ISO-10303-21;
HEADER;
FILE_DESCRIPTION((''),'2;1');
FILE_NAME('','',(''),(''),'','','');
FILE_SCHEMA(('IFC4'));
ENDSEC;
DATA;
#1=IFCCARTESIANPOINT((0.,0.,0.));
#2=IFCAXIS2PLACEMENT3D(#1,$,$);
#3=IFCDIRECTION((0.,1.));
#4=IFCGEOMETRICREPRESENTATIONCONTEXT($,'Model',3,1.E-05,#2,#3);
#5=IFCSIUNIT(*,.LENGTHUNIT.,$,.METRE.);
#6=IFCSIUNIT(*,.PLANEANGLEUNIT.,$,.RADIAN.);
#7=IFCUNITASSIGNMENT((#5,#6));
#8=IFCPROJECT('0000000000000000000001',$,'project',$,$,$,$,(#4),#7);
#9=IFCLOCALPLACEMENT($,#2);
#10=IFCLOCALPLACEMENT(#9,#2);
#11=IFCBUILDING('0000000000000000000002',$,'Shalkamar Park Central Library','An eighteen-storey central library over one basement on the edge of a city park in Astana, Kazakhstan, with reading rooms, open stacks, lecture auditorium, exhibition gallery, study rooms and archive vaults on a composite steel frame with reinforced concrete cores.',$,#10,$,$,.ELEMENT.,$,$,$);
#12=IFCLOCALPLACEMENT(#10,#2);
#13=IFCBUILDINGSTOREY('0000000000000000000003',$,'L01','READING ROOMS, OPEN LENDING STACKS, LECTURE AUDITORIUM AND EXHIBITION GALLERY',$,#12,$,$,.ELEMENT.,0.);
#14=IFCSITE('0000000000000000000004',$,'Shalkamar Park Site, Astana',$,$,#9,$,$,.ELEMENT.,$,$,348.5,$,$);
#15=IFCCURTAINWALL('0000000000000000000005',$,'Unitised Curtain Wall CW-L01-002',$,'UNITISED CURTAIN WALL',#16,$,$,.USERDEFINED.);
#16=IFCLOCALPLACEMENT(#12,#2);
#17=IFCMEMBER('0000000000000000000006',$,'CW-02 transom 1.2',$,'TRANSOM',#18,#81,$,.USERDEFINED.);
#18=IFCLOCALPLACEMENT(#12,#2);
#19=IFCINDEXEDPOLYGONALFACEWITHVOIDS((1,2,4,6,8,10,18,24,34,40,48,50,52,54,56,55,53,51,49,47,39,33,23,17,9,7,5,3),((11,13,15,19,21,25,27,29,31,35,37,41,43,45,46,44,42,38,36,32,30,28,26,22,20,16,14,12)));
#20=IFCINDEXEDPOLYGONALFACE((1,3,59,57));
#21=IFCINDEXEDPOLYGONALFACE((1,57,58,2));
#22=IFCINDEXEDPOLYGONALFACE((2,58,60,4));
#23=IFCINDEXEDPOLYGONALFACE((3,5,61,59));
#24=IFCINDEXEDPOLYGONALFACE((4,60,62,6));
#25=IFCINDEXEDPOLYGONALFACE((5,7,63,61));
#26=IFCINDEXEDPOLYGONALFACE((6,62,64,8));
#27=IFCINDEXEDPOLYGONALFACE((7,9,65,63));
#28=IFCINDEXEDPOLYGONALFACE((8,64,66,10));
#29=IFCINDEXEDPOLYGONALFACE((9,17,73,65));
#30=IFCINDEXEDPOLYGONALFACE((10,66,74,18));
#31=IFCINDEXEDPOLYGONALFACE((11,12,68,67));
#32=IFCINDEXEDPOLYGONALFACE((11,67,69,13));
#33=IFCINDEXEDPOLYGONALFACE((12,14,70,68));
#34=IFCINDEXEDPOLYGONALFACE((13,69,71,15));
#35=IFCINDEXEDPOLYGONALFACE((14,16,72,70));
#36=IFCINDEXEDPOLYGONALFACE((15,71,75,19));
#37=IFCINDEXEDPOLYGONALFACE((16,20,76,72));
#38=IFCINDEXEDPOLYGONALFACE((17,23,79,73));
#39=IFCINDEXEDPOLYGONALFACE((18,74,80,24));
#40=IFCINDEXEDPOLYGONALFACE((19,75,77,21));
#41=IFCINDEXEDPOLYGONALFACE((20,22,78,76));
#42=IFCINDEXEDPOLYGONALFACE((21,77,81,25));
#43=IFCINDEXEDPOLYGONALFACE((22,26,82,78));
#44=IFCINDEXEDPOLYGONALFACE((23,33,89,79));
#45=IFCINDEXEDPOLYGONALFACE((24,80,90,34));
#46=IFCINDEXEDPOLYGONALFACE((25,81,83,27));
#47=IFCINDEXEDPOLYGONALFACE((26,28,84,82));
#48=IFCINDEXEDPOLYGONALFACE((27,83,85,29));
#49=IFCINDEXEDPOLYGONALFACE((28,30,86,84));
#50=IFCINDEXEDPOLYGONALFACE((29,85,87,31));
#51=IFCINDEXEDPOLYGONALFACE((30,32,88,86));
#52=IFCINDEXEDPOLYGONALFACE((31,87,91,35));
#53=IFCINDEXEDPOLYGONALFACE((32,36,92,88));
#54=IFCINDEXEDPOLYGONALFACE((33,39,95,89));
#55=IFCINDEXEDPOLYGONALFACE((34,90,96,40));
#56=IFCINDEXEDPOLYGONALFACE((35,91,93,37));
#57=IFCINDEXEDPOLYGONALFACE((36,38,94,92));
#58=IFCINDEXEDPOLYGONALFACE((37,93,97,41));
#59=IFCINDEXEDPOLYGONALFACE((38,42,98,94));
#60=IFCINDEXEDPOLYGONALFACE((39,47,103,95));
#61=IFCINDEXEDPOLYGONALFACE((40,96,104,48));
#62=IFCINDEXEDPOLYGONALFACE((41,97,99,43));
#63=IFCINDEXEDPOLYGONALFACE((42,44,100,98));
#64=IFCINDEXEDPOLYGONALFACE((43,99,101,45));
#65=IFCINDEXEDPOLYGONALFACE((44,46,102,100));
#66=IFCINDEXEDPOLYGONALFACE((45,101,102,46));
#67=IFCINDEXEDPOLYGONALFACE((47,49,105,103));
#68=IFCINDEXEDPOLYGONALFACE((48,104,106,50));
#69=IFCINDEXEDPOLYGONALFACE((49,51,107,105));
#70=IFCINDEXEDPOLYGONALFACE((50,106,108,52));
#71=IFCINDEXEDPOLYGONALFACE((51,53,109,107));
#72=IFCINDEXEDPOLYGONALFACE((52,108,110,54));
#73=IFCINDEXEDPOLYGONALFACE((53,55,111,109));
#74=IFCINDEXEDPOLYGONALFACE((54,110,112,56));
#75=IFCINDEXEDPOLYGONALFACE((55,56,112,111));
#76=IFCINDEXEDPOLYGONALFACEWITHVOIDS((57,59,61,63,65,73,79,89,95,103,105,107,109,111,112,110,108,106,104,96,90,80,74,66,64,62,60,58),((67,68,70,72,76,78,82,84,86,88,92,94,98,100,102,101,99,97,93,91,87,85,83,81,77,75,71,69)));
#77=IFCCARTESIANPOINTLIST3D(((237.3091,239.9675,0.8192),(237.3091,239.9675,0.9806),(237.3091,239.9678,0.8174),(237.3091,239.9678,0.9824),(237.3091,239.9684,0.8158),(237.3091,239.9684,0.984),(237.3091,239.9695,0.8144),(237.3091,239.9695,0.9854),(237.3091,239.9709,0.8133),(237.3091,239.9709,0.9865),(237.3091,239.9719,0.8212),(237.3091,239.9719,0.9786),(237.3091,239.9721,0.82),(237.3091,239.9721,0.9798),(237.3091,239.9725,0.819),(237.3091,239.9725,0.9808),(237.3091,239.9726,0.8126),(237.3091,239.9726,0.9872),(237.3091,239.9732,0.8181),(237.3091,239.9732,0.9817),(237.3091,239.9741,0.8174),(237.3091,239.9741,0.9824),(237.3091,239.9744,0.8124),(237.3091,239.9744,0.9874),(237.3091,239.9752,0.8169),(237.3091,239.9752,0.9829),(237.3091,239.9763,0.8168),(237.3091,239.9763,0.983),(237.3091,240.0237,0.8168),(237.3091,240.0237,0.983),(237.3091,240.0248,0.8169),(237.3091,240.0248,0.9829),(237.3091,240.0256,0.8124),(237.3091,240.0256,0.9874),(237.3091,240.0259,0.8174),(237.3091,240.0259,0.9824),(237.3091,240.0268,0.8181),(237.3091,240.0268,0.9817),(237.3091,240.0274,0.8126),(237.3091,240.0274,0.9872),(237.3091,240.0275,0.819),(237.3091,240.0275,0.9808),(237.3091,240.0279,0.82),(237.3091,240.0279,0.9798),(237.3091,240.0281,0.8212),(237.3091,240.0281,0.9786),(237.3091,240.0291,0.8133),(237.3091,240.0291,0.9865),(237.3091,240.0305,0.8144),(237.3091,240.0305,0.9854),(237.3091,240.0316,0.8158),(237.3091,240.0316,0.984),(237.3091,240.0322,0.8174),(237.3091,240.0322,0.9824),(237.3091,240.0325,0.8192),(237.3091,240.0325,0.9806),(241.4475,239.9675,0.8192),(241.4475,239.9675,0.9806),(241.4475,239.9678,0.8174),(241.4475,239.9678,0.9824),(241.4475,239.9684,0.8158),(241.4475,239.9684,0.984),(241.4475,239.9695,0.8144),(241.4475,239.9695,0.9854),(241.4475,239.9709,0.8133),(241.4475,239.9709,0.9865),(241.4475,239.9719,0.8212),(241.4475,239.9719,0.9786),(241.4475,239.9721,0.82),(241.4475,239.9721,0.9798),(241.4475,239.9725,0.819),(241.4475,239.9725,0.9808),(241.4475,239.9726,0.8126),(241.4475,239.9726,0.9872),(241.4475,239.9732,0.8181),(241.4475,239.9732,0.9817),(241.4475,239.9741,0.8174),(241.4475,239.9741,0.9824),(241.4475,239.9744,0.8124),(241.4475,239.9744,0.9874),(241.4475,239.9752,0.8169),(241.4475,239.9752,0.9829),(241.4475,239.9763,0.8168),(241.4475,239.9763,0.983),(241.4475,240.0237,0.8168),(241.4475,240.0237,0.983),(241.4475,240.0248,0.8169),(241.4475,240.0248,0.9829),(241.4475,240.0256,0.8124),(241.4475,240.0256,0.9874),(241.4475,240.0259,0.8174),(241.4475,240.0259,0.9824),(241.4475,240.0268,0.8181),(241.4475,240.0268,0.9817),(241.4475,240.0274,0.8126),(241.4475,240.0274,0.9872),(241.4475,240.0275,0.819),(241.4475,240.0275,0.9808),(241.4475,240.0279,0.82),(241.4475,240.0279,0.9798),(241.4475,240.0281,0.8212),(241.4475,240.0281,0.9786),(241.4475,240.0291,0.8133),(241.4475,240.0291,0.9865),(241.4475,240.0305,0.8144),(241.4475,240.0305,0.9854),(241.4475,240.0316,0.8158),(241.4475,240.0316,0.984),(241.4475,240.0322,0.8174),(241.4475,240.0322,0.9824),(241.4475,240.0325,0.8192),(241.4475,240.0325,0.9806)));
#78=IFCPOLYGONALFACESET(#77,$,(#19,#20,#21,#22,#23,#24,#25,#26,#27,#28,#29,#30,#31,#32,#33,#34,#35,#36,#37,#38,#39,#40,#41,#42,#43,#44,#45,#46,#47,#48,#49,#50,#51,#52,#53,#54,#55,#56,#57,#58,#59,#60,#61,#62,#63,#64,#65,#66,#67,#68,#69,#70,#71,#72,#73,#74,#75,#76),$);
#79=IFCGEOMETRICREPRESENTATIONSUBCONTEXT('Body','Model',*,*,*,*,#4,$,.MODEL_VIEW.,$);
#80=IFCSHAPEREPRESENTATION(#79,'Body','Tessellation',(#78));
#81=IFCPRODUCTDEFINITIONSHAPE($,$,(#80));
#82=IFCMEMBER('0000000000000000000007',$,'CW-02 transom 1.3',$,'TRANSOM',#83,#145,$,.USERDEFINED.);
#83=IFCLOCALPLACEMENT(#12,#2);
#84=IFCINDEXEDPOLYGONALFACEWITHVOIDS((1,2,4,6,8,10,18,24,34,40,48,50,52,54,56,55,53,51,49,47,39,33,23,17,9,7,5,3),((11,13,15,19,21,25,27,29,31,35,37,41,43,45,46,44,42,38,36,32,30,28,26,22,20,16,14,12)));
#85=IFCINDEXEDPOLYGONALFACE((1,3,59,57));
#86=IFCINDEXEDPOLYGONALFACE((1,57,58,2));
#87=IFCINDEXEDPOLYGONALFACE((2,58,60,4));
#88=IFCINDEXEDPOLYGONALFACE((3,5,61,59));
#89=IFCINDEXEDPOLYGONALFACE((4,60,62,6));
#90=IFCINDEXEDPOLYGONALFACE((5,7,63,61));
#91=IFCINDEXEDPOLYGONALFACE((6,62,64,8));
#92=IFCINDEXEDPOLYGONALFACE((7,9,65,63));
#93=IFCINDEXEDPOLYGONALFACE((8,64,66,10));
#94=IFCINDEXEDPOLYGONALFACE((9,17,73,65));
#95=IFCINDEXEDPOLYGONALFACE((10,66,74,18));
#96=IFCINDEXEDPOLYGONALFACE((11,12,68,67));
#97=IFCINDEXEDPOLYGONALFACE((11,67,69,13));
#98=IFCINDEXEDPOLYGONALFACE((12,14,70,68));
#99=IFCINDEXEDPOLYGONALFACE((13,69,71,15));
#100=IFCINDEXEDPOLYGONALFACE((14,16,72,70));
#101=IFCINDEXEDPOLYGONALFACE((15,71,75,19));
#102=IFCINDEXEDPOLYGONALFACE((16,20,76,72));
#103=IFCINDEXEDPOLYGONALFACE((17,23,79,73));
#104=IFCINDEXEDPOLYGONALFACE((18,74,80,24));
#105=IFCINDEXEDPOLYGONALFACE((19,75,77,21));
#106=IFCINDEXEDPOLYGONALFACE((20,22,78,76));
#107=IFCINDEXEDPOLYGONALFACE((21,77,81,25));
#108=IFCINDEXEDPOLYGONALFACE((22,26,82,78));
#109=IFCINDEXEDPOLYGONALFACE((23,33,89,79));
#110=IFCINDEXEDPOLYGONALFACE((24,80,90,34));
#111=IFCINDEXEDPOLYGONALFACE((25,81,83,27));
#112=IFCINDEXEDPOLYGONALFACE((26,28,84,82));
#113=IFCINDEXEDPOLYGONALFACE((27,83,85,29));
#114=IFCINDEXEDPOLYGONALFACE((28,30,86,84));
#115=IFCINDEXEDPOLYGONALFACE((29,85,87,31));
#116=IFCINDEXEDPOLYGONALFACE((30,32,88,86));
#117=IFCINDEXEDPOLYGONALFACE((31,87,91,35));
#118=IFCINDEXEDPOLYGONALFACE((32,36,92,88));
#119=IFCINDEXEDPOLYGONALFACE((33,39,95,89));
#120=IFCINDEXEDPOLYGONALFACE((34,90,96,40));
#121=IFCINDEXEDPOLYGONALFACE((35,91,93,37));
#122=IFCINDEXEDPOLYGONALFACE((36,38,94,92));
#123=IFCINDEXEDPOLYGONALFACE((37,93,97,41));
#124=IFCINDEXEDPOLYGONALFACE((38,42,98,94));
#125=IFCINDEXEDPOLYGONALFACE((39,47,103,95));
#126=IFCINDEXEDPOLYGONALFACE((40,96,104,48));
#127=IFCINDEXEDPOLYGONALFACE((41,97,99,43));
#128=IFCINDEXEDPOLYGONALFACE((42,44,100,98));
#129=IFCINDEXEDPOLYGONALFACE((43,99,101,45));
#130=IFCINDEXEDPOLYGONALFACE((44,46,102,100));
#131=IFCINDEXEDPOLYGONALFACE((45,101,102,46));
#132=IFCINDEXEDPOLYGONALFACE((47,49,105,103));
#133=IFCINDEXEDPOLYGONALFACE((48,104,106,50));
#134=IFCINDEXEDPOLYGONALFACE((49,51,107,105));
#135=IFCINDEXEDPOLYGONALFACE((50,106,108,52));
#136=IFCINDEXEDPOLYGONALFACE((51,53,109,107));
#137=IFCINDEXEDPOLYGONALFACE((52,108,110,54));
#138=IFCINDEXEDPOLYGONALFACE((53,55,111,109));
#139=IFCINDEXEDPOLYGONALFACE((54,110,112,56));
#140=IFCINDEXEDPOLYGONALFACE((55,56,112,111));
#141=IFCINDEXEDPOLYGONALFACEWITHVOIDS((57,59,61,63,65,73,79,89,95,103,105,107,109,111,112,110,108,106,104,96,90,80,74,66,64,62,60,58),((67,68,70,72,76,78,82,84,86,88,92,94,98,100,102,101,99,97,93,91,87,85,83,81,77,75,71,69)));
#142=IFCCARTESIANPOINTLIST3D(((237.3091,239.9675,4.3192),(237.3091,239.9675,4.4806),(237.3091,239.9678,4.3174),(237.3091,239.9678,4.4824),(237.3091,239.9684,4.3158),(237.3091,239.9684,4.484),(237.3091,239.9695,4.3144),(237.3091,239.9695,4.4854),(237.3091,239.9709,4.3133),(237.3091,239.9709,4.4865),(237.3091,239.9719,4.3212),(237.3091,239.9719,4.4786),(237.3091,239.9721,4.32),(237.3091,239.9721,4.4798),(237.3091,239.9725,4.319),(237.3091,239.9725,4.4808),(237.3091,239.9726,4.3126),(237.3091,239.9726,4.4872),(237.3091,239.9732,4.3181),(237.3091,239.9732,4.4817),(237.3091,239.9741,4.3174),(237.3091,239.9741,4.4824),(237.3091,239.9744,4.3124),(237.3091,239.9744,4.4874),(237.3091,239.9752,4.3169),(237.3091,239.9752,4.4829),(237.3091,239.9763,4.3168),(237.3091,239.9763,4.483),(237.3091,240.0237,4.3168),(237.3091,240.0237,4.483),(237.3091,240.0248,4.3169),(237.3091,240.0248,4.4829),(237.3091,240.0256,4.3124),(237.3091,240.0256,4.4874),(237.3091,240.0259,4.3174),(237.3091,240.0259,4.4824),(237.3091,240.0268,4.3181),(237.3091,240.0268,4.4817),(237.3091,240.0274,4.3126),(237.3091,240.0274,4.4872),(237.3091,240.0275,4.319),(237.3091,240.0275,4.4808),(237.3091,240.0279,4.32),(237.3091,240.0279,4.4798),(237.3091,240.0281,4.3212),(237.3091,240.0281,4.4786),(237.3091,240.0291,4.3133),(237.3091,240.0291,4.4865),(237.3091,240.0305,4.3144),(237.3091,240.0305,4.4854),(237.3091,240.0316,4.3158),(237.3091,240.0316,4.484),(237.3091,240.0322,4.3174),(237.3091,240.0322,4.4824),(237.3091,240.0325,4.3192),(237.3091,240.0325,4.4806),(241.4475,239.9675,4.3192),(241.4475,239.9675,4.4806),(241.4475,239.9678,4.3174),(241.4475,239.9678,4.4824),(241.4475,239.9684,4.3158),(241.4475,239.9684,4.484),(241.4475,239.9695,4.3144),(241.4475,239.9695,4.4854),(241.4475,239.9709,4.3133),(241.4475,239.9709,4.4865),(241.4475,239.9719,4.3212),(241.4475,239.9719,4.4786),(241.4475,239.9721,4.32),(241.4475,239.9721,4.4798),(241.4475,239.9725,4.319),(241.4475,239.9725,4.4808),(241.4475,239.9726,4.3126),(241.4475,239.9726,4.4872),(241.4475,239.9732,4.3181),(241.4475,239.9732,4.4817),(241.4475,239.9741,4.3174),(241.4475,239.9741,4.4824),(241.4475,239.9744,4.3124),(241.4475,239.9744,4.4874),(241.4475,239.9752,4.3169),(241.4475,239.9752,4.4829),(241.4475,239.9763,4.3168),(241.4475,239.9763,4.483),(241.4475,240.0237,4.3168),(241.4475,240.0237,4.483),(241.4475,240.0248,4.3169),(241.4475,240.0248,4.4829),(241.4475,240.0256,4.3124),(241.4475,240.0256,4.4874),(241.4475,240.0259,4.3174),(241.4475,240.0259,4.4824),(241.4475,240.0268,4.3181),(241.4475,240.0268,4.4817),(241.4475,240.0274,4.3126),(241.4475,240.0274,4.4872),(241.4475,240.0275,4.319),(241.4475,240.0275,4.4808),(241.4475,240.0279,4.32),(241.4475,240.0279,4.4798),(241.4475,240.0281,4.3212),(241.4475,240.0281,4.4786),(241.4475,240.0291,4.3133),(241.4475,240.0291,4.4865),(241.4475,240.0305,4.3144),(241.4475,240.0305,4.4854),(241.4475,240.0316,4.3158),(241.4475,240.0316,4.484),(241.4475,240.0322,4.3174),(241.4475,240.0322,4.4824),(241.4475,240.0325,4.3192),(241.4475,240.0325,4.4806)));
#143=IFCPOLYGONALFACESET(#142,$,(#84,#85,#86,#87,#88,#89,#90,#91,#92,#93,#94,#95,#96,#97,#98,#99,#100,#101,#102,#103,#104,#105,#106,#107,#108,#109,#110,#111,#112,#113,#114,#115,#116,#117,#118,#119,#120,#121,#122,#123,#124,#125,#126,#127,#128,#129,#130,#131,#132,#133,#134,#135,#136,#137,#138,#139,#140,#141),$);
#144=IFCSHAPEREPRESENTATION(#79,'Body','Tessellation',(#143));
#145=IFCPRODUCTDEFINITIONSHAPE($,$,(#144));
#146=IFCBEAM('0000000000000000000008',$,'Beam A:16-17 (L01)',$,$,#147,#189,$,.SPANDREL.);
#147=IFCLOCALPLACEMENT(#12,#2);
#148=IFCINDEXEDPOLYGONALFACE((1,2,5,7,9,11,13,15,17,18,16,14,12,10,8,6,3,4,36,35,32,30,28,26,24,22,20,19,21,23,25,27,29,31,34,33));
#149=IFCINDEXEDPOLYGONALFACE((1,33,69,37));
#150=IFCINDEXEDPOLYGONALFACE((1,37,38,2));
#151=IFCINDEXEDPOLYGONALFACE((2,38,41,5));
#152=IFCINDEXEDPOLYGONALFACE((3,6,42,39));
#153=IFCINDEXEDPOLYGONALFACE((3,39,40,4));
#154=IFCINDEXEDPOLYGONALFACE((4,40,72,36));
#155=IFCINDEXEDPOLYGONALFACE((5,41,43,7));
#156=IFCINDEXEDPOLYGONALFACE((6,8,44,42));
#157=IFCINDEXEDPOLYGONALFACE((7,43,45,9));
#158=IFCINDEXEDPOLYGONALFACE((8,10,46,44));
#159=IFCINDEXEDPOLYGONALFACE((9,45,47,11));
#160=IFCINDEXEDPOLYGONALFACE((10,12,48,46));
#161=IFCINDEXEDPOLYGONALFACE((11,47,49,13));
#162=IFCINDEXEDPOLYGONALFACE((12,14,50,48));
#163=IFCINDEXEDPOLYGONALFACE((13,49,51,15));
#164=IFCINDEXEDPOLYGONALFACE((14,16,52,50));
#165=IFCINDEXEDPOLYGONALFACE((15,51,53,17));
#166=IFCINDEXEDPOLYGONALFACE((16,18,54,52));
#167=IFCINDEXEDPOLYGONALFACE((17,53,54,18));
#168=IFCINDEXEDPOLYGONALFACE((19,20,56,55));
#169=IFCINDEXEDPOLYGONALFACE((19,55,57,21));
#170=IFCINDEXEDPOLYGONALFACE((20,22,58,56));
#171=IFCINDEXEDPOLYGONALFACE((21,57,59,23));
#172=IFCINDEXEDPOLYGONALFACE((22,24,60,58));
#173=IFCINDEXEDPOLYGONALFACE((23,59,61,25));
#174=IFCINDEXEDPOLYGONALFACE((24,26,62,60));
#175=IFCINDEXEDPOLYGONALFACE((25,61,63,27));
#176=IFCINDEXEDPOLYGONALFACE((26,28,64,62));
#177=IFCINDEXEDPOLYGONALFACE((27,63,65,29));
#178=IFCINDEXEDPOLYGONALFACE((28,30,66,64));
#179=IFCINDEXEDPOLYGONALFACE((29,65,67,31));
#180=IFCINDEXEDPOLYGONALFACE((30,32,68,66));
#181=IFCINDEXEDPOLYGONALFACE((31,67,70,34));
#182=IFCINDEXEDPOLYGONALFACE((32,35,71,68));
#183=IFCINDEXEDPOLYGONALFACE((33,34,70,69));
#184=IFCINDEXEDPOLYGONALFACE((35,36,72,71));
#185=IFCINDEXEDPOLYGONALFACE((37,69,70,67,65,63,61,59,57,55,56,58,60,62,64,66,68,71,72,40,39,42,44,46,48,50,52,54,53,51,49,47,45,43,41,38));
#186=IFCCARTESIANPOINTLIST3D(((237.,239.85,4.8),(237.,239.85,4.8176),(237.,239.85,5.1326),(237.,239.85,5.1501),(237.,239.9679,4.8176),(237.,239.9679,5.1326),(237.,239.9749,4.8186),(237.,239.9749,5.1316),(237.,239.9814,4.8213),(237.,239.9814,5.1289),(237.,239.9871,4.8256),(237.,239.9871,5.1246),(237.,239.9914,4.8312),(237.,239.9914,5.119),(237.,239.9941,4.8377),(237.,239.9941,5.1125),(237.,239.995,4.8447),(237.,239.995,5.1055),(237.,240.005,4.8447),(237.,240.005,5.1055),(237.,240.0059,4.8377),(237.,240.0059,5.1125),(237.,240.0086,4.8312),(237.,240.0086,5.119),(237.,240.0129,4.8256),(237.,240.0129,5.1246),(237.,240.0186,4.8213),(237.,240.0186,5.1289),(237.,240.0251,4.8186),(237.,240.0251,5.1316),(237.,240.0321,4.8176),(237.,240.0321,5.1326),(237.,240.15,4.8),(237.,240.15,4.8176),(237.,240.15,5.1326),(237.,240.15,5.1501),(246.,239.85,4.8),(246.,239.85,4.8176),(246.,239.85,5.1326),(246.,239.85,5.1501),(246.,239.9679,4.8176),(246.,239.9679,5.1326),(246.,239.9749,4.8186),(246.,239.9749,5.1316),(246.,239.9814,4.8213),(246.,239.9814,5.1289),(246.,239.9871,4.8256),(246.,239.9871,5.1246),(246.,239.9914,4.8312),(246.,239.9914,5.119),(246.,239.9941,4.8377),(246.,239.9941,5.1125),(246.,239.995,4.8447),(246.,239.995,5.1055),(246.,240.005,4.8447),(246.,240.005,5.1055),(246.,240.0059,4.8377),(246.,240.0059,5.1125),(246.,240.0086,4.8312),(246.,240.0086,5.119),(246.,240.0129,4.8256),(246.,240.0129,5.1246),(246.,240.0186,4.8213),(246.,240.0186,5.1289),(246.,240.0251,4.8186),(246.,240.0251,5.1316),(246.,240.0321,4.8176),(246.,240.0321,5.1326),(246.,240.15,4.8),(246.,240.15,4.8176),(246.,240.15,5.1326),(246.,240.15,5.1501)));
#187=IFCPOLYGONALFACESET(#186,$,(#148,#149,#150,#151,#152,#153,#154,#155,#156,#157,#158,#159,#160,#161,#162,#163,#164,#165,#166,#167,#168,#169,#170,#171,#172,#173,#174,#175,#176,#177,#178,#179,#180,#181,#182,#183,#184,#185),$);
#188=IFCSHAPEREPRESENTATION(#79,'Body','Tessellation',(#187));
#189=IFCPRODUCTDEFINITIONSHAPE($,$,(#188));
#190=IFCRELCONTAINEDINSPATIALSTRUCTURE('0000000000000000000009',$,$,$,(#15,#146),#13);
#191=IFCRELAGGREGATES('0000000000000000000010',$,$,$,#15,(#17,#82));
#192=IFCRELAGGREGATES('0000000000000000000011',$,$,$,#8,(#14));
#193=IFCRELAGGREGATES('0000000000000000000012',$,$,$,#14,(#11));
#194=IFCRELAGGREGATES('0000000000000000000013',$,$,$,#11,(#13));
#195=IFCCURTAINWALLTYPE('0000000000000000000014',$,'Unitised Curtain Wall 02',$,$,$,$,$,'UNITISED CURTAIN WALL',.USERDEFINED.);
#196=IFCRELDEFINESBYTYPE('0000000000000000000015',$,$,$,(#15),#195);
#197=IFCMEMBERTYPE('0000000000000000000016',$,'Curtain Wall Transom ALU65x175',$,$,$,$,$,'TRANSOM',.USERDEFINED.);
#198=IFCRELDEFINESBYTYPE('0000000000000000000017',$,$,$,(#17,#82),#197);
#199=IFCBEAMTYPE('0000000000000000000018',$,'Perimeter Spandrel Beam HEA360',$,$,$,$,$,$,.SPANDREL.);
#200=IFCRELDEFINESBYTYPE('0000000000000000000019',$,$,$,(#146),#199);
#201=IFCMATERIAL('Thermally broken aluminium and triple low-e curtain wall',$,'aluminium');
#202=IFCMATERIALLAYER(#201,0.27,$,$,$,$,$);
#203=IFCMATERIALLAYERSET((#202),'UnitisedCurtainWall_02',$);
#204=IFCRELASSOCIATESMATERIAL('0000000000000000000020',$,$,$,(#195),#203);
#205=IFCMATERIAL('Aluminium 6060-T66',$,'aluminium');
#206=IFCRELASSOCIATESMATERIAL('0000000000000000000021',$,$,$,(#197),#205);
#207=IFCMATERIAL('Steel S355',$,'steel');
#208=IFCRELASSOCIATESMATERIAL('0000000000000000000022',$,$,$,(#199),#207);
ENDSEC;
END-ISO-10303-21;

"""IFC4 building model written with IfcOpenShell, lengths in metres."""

from ifc_helpers import new_model, si_unit, direction, frame, origin, origin_2d, place, context, subcontext, project, spatial, hollow_rectangle, i_section, extrude, material, layer, layer_set, material_profile, profile_set, type_object, element, aggregate, save


model = new_model("IFC4")

# Units and contexts
model_context = context("Model", 3, precision=1e-05, world=origin(), true_north=direction((0.0, 1.0)))
body_context = subcontext(model_context, "Body", "Model", "MODEL_VIEW")
ifc_project = project(units=[si_unit("LENGTHUNIT", "METRE"), si_unit("PLANEANGLEUNIT", "RADIAN")], contexts=[model_context])

# Site, building, storey
site_placement = place(None, origin())
site = spatial("IfcSite", under=ifc_project, at=site_placement, Name="Shalkamar Park Site, Astana", CompositionType="ELEMENT", RefElevation=348.5)
building_placement = place(site_placement, origin())
building = spatial("IfcBuilding", under=site, at=building_placement, Name="Shalkamar Park Central Library", Description="An eighteen-storey central library over one basement on the edge of a city park in Astana, Kazakhstan, with reading rooms, open stacks, lecture auditorium, exhibition gallery, study rooms and archive vaults on a composite steel frame with reinforced concrete cores.", CompositionType="ELEMENT")
storey_placement = place(building_placement, origin())
storey = spatial("IfcBuildingStorey", under=building, at=storey_placement, Name="L01", Description="READING ROOMS, OPEN LENDING STACKS, LECTURE AUDITORIUM AND EXHIBITION GALLERY", CompositionType="ELEMENT", Elevation=0.0)

# Shared definitions
ifc_material_1 = material(Name="Steel S355", Category="steel")

# Shared definitions
ifc_material_2 = material(Name="Thermally broken aluminium and triple low-e curtain wall", Category="aluminium")
ifc_material_3 = material(Name="Aluminium 6060-T66", Category="aluminium")

# Curtain wall
ifc_layer_1 = layer(ifc_material_2, 0.27)
ifc_layer_set_1 = layer_set([ifc_layer_1], Name="UnitisedCurtainWall_02")
curtain_wall_type_1 = type_object("IfcCurtainWallType", Name="Unitised Curtain Wall 02", ElementType="UNITISED CURTAIN WALL", PredefinedType="USERDEFINED", material=ifc_layer_set_1)
curtain_wall_1_placement = place(storey_placement, origin())
curtain_wall_1 = element("IfcCurtainWall", 1, at=curtain_wall_1_placement, inside=storey, type_object=curtain_wall_type_1, Name="Unitised Curtain Wall CW-L01-002", ObjectType="UNITISED CURTAIN WALL", PredefinedType="USERDEFINED")

# Members
ifc_material_profile_1 = material_profile(ifc_material_3, hollow_rectangle(XDim=0.0649, YDim=0.175, WallThickness=0.0044, InnerFilletRadius=0.0044, OuterFilletRadius=0.0068, at=origin_2d()), Name="ALU 65x175x4.5")
ifc_profile_set_1 = profile_set([ifc_material_profile_1], Name="Aluminium 6060-T66")
member_type_1 = type_object("IfcMemberType", Name="Curtain Wall Transom ALU65x175", ElementType="TRANSOM", PredefinedType="USERDEFINED", material=ifc_profile_set_1)
member_1_placement = place(storey_placement, frame((237.3091, 240.0, 0.8999), z_axis=(1.0, 0.0, 0.0), x_axis=(0.0, 1.0, 0.0)))
member_1 = element("IfcMember", 2, at=member_1_placement, type_object=member_type_1, Name="CW-02 transom 1.2", ObjectType="TRANSOM", PredefinedType="USERDEFINED", context=body_context, shape_type="SweptSolid", body=[
    extrude(hollow_rectangle(XDim=0.0649, YDim=0.175, WallThickness=0.0044, InnerFilletRadius=0.0044, OuterFilletRadius=0.0068, at=origin_2d()), origin(), (0.0, 0.0, 1.0), 4.1384),
])
member_2_placement = place(storey_placement, frame((237.3091, 240.0, 4.3999), z_axis=(1.0, 0.0, 0.0), x_axis=(0.0, 1.0, 0.0)))
member_2 = element("IfcMember", 3, at=member_2_placement, type_object=member_type_1, Name="CW-02 transom 1.3", ObjectType="TRANSOM", PredefinedType="USERDEFINED", context=body_context, shape_type="SweptSolid", body=[
    extrude(hollow_rectangle(XDim=0.0649, YDim=0.175, WallThickness=0.0044, InnerFilletRadius=0.0044, OuterFilletRadius=0.0068, at=origin_2d()), origin(), (0.0, 0.0, 1.0), 4.1384),
])
aggregate(curtain_wall_1, [member_1, member_2])

# Beam
ifc_material_profile_2 = material_profile(ifc_material_1, i_section(OverallWidth=0.3, OverallDepth=0.3501, WebThickness=0.01, FlangeThickness=0.0176, FilletRadius=0.0271, at=origin_2d()), Name="HEA 360")
ifc_profile_set_2 = profile_set([ifc_material_profile_2], Name="Steel S355")
beam_type_1 = type_object("IfcBeamType", Name="Perimeter Spandrel Beam HEA360", PredefinedType="SPANDREL", material=ifc_profile_set_2)
beam_1_placement = place(storey_placement, frame((237.0, 240.0, 4.9751), z_axis=(1.0, 0.0, 0.0), x_axis=(0.0, 1.0, 0.0)))
element("IfcBeam", 4, at=beam_1_placement, inside=storey, type_object=beam_type_1, Name="Beam A:16-17 (L01)", PredefinedType="SPANDREL", context=body_context, shape_type="SweptSolid", body=[
    extrude(i_section(OverallWidth=0.3, OverallDepth=0.3501, WebThickness=0.01, FlangeThickness=0.0176, FilletRadius=0.0271, at=origin_2d()), origin(), (0.0, 0.0, 1.0), 9.0),
])

save(model, "model.ifc")
